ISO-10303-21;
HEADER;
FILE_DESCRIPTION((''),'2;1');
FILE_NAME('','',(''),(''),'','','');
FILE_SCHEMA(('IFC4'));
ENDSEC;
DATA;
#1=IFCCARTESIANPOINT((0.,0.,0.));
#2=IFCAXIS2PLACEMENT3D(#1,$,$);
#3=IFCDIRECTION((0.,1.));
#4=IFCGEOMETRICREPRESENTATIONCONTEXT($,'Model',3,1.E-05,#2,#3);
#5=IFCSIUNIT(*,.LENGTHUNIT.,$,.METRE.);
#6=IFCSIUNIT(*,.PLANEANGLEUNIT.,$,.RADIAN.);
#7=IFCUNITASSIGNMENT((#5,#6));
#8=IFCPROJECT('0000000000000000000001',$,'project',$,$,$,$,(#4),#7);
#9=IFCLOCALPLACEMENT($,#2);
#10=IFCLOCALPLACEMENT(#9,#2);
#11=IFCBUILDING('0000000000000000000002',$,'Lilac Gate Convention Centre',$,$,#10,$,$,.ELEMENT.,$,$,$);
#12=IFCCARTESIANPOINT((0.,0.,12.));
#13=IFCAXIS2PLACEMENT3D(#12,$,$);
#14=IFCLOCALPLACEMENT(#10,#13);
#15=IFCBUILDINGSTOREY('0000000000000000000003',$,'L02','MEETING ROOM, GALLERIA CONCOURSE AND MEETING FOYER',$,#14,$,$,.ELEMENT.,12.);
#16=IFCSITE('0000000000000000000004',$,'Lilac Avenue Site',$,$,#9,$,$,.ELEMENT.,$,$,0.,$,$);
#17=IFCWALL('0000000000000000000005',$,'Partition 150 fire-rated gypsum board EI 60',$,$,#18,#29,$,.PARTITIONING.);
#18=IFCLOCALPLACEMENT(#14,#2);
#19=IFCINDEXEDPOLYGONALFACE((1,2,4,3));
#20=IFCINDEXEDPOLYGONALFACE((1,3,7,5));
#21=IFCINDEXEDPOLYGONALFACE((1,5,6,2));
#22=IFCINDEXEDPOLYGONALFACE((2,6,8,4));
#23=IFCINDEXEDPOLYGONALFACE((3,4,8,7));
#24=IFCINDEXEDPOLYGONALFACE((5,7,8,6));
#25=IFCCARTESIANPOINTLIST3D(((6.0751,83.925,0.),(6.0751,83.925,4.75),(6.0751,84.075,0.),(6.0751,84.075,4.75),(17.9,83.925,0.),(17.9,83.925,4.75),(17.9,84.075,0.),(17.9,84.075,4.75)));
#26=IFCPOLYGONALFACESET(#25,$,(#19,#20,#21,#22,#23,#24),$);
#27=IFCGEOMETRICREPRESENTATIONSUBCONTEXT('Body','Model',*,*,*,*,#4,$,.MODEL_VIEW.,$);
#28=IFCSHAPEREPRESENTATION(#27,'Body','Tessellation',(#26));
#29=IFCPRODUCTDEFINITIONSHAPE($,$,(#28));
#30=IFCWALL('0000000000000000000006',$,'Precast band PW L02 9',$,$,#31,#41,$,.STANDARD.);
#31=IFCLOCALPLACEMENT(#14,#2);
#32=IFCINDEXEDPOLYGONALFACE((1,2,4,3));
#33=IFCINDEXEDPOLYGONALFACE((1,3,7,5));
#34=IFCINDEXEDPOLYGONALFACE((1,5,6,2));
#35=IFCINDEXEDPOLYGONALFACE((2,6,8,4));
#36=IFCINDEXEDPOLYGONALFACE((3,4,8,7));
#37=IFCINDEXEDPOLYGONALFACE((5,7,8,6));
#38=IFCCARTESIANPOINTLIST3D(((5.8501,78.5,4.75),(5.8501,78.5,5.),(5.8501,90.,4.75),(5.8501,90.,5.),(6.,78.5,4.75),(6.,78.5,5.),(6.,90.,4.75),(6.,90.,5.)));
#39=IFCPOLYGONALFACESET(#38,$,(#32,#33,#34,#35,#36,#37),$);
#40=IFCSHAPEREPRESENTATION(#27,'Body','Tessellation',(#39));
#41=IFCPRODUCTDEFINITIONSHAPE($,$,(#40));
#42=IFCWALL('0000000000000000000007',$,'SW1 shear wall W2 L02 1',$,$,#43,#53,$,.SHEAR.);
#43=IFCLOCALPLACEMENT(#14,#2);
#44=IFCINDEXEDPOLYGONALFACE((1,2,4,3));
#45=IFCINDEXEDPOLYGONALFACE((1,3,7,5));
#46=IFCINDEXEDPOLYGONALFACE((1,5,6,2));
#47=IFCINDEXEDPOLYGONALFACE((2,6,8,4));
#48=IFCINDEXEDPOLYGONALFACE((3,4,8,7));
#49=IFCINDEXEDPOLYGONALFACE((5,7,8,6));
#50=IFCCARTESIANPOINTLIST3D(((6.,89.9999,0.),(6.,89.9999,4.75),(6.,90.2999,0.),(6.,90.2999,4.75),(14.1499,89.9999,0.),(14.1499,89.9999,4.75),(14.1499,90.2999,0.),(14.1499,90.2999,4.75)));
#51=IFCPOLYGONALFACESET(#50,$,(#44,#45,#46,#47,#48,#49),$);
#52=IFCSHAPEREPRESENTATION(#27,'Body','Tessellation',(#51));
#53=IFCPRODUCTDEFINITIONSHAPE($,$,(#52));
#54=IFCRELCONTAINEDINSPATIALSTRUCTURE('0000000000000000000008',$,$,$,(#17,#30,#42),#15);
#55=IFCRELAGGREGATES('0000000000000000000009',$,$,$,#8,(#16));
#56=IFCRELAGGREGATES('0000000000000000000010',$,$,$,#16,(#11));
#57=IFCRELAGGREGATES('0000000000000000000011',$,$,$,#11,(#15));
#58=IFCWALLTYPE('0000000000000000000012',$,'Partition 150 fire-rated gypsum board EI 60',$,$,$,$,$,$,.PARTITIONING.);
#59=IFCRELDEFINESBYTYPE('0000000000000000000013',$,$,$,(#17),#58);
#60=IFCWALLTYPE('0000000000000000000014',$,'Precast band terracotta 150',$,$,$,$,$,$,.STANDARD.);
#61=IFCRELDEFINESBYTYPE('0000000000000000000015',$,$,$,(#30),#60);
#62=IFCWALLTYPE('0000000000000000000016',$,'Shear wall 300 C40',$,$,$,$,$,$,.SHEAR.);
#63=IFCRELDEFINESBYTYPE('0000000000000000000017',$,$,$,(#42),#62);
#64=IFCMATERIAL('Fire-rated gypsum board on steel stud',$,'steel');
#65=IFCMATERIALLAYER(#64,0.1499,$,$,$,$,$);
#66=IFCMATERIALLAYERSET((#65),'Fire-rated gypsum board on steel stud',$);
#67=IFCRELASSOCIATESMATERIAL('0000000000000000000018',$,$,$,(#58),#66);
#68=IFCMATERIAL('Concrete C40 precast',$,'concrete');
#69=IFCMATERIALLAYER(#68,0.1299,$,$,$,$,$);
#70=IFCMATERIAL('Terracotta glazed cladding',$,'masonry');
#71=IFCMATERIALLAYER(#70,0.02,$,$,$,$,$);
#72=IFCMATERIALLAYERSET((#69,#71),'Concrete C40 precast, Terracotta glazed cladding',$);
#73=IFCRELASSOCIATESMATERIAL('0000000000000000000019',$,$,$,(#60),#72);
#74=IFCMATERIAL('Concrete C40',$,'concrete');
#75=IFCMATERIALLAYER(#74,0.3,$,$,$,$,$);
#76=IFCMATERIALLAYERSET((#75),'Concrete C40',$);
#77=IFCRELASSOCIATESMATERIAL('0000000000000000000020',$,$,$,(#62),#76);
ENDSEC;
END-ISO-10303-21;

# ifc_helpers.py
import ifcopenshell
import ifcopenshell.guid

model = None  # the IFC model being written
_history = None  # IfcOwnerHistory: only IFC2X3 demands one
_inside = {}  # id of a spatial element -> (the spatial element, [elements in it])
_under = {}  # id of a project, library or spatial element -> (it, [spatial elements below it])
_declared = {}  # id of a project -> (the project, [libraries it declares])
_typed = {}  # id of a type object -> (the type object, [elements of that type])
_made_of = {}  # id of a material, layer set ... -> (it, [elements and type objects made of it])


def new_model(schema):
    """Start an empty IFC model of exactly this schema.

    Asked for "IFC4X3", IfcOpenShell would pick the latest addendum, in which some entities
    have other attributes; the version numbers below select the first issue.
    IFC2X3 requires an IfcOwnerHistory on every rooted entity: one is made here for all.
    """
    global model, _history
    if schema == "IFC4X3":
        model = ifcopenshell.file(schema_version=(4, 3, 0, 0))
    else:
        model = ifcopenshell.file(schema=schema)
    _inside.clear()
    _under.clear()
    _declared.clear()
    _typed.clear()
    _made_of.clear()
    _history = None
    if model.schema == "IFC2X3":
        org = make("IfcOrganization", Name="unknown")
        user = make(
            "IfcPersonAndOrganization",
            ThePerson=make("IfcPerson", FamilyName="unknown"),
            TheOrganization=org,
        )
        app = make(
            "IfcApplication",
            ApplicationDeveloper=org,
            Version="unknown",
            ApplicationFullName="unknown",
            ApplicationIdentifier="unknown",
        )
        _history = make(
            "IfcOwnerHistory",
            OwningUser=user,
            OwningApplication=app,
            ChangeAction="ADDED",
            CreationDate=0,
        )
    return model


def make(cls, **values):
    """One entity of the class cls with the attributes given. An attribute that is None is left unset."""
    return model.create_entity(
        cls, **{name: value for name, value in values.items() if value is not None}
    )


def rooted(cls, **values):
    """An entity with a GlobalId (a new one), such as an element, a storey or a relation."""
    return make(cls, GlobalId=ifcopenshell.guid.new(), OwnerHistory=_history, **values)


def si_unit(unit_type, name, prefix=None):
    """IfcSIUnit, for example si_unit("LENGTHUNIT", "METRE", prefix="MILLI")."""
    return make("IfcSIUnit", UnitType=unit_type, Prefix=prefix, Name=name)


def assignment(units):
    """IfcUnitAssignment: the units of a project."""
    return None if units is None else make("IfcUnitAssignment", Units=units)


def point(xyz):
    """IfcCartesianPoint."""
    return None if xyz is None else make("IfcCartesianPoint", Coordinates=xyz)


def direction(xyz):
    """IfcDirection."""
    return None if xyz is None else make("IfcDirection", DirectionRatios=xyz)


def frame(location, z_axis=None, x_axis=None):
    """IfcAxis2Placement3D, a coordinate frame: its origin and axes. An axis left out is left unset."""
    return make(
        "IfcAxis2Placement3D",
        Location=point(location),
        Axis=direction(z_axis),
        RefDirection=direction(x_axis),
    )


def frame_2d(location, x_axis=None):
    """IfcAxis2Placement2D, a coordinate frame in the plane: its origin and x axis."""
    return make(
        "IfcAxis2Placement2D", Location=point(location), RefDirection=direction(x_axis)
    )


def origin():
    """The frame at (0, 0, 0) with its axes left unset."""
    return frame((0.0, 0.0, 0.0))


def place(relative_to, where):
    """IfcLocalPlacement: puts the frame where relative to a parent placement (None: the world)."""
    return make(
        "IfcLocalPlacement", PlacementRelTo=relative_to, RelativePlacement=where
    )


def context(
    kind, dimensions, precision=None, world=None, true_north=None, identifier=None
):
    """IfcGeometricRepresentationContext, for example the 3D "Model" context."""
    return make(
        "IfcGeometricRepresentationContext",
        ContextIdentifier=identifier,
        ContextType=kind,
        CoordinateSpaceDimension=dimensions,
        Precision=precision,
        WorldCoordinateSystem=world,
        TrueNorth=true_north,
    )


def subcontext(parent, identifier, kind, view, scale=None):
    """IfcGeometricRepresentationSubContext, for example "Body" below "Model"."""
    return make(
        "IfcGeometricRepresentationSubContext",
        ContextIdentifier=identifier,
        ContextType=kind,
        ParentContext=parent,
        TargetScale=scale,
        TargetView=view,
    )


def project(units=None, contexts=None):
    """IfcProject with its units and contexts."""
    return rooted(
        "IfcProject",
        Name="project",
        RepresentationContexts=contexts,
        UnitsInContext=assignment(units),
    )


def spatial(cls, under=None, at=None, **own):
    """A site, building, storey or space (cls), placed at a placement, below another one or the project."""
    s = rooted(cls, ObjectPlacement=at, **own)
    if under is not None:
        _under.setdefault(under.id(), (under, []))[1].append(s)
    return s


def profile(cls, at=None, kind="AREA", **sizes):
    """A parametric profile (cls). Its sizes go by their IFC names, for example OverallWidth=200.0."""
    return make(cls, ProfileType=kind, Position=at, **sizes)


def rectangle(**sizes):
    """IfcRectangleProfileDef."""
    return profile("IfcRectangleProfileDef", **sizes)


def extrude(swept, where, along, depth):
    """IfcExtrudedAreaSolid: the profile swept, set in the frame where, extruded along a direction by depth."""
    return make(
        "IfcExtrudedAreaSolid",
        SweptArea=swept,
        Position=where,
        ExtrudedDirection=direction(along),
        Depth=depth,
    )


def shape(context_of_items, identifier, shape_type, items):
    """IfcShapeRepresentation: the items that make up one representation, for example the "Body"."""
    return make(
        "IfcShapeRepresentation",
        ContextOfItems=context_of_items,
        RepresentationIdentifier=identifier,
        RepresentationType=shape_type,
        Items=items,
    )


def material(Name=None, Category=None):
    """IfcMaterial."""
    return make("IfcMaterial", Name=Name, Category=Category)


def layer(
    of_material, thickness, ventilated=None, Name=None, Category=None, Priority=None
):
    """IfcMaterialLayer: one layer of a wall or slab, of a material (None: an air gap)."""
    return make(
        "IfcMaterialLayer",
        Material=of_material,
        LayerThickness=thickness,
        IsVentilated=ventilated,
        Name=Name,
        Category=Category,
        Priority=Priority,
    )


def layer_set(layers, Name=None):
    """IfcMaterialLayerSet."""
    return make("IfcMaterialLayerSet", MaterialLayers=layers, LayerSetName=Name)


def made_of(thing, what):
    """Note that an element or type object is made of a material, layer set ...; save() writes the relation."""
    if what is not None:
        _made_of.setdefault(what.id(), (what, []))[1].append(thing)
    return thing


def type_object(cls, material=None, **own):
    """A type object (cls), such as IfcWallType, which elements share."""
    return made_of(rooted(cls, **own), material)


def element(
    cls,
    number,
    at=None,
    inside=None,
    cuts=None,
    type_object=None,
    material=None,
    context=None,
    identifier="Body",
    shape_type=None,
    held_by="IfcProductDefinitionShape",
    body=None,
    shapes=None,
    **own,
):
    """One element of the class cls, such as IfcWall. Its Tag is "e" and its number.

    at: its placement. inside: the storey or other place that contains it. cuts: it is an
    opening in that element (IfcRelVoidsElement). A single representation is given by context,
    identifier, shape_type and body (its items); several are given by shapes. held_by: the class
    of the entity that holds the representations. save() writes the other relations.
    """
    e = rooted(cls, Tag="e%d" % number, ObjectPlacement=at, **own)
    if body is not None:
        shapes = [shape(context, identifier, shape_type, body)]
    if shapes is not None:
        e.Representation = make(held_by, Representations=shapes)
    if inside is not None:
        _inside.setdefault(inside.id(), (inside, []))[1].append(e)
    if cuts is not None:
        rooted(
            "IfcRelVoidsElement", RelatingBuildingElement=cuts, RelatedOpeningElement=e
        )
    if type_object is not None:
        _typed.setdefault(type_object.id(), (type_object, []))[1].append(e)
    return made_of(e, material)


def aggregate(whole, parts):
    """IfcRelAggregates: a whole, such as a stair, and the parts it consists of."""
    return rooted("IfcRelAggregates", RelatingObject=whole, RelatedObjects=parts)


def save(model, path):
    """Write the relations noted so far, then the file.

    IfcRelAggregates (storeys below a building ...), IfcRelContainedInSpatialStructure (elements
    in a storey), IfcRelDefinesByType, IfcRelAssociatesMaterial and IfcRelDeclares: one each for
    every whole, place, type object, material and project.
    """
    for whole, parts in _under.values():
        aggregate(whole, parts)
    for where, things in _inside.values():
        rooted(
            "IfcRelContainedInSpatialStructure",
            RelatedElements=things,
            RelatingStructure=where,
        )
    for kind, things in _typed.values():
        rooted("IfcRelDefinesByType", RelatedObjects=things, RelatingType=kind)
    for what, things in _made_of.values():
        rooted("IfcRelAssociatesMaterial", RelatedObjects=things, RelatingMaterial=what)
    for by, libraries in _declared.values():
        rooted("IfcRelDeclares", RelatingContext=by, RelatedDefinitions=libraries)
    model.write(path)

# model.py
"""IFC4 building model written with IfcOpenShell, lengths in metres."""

from ifc_helpers import new_model, si_unit, direction, frame, frame_2d, origin, place, context, subcontext, project, spatial, rectangle, extrude, material, layer, layer_set, type_object, element, save


model = new_model("IFC4")

# Units and contexts
model_context = context("Model", 3, precision=1e-05, world=origin(), true_north=direction((0.0, 1.0)))
body_context = subcontext(model_context, "Body", "Model", "MODEL_VIEW")
ifc_project = project(units=[si_unit("LENGTHUNIT", "METRE"), si_unit("PLANEANGLEUNIT", "RADIAN")], contexts=[model_context])

# Site, building, storey
site_placement = place(None, origin())
site = spatial("IfcSite", under=ifc_project, at=site_placement, Name="Lilac Avenue Site", CompositionType="ELEMENT", RefElevation=0.0)
building_placement = place(site_placement, origin())
building = spatial("IfcBuilding", under=site, at=building_placement, Name="Lilac Gate Convention Centre", CompositionType="ELEMENT")
storey_placement = place(building_placement, frame((0.0, 0.0, 12.0)))
storey = spatial("IfcBuildingStorey", under=building, at=storey_placement, Name="L02", Description="MEETING ROOM, GALLERIA CONCOURSE AND MEETING FOYER", CompositionType="ELEMENT", Elevation=12.0)

# Walls
ifc_material_1 = material(Name="Fire-rated gypsum board on steel stud", Category="steel")
ifc_layer_1 = layer(ifc_material_1, 0.1499)
ifc_layer_set_1 = layer_set([ifc_layer_1], Name="Fire-rated gypsum board on steel stud")
wall_type_1 = type_object("IfcWallType", Name="Partition 150 fire-rated gypsum board EI 60", PredefinedType="PARTITIONING", material=ifc_layer_set_1)
wall_1_placement = place(storey_placement, frame((6.075, 84.0, 0.0), z_axis=(0.0, 0.0, 1.0), x_axis=(1.0, 0.0, 0.0)))
element("IfcWall", 1, at=wall_1_placement, inside=storey, type_object=wall_type_1, Name="Partition 150 fire-rated gypsum board EI 60", PredefinedType="PARTITIONING", context=body_context, shape_type="SweptSolid", body=[
    extrude(rectangle(XDim=11.825, YDim=0.1499, at=frame_2d((5.9126, 0.0))), origin(), (0.0, 0.0, 1.0), 4.75),
])
ifc_material_2 = material(Name="Concrete C40 precast", Category="concrete")
ifc_layer_2 = layer(ifc_material_2, 0.1299)
ifc_material_3 = material(Name="Terracotta glazed cladding", Category="masonry")
ifc_layer_3 = layer(ifc_material_3, 0.02)
ifc_layer_set_2 = layer_set([ifc_layer_2, ifc_layer_3], Name="Concrete C40 precast, Terracotta glazed cladding")
wall_type_2 = type_object("IfcWallType", Name="Precast band terracotta 150", PredefinedType="STANDARD", material=ifc_layer_set_2)
wall_2_placement = place(storey_placement, frame((5.925, 90.0, 4.75), z_axis=(0.0, 0.0, 1.0), x_axis=(0.0, -1.0, 0.0)))
element("IfcWall", 2, at=wall_2_placement, inside=storey, type_object=wall_type_2, Name="Precast band PW L02 9", PredefinedType="STANDARD", context=body_context, shape_type="SweptSolid", body=[
    extrude(rectangle(XDim=11.5, YDim=0.1499, at=frame_2d((5.75, 0.0))), origin(), (0.0, 0.0, 1.0), 0.25),
])
ifc_material_4 = material(Name="Concrete C40", Category="concrete")
ifc_layer_4 = layer(ifc_material_4, 0.3)
ifc_layer_set_3 = layer_set([ifc_layer_4], Name="Concrete C40")
wall_type_3 = type_object("IfcWallType", Name="Shear wall 300 C40", PredefinedType="SHEAR", material=ifc_layer_set_3)
wall_3_placement = place(storey_placement, frame((6.0, 90.1499, 0.0), z_axis=(0.0, 0.0, 1.0), x_axis=(1.0, 0.0, 0.0)))
element("IfcWall", 3, at=wall_3_placement, inside=storey, type_object=wall_type_3, Name="SW1 shear wall W2 L02 1", PredefinedType="SHEAR", context=body_context, shape_type="SweptSolid", body=[
    extrude(rectangle(XDim=8.1499, YDim=0.3, at=frame_2d((4.075, 0.0))), origin(), (0.0, 0.0, 1.0), 4.75),
])

save(model, "model.ifc")
